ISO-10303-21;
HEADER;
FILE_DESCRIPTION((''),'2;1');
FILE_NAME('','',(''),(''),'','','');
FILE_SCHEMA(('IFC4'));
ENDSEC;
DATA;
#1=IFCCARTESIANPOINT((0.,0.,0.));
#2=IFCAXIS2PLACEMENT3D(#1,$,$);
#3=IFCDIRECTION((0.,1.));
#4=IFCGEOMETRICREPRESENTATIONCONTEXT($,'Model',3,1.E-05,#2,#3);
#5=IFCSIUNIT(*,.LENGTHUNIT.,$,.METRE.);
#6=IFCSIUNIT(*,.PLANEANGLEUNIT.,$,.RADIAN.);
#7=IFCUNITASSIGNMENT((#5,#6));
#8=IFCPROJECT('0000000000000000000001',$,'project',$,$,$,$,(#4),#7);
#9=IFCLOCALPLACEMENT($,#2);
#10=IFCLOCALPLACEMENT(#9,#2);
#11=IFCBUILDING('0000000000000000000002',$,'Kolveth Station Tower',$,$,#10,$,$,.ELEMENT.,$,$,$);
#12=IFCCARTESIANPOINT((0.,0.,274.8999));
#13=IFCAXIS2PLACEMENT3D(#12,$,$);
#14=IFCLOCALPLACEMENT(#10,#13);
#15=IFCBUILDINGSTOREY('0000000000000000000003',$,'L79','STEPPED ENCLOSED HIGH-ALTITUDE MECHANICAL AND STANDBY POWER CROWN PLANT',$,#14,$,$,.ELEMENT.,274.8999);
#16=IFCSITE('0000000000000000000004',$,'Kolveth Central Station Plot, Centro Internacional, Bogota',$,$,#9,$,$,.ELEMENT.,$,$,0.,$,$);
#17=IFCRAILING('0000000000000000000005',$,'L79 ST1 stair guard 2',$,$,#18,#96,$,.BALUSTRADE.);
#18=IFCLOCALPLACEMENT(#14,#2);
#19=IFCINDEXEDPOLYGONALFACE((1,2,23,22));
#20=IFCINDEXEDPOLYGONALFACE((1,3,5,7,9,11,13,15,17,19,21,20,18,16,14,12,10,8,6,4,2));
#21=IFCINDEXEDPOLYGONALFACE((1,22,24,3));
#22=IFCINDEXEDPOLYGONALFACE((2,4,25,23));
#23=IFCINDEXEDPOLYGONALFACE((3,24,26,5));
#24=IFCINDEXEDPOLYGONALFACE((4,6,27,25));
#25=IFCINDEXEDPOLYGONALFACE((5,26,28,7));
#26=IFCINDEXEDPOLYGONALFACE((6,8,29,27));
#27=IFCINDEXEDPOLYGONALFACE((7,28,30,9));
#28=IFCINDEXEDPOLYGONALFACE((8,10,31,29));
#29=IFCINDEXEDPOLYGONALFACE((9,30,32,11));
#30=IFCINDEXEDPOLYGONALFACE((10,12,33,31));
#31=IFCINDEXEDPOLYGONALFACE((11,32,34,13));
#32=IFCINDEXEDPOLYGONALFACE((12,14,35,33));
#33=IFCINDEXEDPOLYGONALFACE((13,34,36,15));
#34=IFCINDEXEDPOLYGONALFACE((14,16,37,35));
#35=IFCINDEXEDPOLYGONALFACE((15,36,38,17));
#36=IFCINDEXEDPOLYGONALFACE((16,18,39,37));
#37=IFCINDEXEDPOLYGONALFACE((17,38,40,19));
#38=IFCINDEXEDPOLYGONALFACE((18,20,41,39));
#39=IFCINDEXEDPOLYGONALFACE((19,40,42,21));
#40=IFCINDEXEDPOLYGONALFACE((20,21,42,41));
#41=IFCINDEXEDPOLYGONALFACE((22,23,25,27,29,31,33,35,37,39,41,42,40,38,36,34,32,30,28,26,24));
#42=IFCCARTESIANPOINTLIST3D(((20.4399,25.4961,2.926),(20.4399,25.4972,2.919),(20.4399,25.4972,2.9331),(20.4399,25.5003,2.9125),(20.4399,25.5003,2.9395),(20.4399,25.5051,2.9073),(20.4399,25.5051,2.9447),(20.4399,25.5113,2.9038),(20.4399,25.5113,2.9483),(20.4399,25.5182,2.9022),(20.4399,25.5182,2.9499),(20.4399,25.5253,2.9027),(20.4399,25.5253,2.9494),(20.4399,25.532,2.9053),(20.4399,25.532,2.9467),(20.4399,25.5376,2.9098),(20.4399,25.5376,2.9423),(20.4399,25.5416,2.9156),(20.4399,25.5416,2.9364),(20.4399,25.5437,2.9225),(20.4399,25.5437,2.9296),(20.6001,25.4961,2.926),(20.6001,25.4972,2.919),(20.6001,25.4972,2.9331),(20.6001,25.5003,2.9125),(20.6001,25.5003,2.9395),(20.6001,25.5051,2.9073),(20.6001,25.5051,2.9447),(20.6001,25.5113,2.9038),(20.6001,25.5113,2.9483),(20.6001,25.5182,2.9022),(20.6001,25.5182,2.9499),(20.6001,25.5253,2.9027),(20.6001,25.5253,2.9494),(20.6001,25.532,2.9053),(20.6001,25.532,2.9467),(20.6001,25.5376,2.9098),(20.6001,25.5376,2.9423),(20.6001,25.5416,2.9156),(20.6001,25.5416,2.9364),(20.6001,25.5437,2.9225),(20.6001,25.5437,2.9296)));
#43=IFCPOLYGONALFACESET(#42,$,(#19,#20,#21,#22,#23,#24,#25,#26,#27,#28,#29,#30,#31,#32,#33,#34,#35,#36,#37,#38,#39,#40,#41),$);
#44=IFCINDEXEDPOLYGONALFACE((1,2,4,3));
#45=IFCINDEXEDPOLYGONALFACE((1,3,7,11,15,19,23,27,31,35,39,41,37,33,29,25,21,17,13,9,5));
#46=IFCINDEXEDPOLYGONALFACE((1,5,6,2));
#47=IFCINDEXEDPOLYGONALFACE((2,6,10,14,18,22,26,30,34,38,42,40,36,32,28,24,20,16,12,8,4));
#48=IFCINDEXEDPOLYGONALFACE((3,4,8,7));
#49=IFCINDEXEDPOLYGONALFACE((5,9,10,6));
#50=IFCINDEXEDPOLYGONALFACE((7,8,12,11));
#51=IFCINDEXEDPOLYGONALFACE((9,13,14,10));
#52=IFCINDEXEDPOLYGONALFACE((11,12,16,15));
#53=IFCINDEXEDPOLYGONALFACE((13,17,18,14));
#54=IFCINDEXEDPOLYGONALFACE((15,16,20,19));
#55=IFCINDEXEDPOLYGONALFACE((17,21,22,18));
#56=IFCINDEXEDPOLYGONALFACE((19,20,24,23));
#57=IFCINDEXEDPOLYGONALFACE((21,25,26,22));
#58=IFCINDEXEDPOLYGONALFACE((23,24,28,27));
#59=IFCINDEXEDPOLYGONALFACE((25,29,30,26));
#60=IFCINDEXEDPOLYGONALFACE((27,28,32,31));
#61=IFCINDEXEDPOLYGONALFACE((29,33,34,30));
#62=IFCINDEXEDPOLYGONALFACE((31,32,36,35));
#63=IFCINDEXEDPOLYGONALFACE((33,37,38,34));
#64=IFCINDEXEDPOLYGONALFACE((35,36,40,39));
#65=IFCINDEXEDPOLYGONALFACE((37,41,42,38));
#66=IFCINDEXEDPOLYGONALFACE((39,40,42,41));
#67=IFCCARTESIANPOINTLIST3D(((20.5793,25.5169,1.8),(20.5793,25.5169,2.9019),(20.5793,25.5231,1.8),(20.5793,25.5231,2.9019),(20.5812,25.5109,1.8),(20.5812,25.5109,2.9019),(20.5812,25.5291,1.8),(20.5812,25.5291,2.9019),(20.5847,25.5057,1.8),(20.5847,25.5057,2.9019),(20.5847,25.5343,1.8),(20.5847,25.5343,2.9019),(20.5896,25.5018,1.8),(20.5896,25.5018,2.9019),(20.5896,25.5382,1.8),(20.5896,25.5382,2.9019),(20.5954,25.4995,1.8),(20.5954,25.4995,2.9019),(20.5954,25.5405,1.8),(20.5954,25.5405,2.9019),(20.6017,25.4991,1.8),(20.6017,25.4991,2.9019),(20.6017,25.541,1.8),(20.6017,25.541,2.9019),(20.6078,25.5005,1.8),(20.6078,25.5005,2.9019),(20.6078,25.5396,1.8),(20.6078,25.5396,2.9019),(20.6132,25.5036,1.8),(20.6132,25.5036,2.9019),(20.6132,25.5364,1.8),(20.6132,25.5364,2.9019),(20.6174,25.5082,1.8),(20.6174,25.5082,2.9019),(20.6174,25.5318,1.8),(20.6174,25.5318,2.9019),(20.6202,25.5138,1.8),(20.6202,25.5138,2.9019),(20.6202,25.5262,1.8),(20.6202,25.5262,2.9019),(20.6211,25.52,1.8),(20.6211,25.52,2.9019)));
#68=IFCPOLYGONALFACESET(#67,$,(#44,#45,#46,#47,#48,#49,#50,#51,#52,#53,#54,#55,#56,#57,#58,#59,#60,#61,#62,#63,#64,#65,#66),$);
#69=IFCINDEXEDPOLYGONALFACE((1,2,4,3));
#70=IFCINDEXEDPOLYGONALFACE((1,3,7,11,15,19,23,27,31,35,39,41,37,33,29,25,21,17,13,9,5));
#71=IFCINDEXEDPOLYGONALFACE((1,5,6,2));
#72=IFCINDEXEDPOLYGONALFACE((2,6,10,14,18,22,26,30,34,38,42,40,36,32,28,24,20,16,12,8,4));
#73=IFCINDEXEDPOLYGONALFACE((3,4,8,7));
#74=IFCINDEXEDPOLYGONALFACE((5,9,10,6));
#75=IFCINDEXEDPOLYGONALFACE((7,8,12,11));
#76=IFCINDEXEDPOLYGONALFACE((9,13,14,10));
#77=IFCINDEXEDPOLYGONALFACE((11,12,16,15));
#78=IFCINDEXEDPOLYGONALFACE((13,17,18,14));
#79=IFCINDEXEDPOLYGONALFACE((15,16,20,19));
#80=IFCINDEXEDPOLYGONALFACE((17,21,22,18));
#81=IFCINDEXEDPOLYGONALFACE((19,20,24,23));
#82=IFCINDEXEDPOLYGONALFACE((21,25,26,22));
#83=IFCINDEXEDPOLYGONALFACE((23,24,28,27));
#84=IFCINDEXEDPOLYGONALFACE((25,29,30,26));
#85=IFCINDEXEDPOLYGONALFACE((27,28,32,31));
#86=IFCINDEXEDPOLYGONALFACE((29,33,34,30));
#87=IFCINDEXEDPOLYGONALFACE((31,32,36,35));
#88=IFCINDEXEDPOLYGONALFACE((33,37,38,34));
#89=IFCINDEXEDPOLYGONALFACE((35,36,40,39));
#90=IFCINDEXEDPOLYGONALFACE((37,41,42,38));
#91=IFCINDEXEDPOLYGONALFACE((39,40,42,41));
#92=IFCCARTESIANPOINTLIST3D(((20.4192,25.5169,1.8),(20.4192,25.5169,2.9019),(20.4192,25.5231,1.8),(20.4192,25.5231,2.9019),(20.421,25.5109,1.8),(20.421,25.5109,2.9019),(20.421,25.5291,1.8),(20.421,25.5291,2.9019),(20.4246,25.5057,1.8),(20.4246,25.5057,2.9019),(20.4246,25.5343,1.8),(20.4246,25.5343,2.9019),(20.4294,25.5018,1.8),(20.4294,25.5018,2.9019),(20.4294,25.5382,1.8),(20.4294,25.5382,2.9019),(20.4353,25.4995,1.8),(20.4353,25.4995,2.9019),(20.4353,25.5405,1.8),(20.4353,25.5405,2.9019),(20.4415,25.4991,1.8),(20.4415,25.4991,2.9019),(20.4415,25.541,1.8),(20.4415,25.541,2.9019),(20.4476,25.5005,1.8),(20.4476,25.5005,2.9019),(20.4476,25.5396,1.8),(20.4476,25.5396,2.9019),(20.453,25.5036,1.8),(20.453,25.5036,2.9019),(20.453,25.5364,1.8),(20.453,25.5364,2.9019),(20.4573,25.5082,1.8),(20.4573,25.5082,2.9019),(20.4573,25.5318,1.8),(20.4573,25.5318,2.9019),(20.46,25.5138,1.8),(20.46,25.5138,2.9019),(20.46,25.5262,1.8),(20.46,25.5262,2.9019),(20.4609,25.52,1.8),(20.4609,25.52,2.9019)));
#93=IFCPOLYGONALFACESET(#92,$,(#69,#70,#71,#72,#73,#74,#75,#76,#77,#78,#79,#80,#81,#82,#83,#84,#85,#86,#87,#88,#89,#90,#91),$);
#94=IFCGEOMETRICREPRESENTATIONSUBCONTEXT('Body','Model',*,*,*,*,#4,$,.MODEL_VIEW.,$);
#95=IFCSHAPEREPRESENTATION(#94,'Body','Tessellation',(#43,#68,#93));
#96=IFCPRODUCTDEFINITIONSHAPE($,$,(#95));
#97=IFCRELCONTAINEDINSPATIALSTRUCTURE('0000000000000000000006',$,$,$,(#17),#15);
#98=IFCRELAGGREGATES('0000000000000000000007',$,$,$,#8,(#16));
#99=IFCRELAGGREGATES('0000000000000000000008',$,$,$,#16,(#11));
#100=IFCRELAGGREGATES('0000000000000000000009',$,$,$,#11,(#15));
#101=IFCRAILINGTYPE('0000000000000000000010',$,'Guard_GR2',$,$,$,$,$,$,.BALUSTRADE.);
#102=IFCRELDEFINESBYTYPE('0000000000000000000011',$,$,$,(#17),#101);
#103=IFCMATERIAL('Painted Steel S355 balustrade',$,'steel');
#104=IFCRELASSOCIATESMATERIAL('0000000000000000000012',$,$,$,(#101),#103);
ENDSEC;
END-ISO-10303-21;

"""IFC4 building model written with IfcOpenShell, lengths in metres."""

from ifc_helpers import new_model, si_unit, direction, frame, origin, origin_2d, place, context, subcontext, project, spatial, circle, extrude, material, type_object, element, save


model = new_model("IFC4")

# Units and contexts
model_context = context("Model", 3, precision=1e-05, world=origin(), true_north=direction((0.0, 1.0)))
body_context = subcontext(model_context, "Body", "Model", "MODEL_VIEW")
ifc_project = project(units=[si_unit("LENGTHUNIT", "METRE"), si_unit("PLANEANGLEUNIT", "RADIAN")], contexts=[model_context])

# Site, building, storey
site_placement = place(None, origin())
site = spatial("IfcSite", under=ifc_project, at=site_placement, Name="Kolveth Central Station Plot, Centro Internacional, Bogota", CompositionType="ELEMENT", RefElevation=0.0)
building_placement = place(site_placement, origin())
building = spatial("IfcBuilding", under=site, at=building_placement, Name="Kolveth Station Tower", CompositionType="ELEMENT")
storey_placement = place(building_placement, frame((0.0, 0.0, 274.8999)))
storey = spatial("IfcBuildingStorey", under=building, at=storey_placement, Name="L79", Description="STEPPED ENCLOSED HIGH-ALTITUDE MECHANICAL AND STANDBY POWER CROWN PLANT", CompositionType="ELEMENT", Elevation=274.8999)

# Railing
ifc_material_1 = material(Name="Painted Steel S355 balustrade", Category="steel")
railing_type_1 = type_object("IfcRailingType", Name="Guard_GR2", PredefinedType="BALUSTRADE", material=ifc_material_1)
railing_1_placement = place(storey_placement, frame((20.6001, 25.52, 1.8)))
element("IfcRailing", 1, at=railing_1_placement, inside=storey, type_object=railing_type_1, Name="L79 ST1 stair guard 2", PredefinedType="BALUSTRADE", context=body_context, shape_type="SweptSolid", body=[
    extrude(circle(Radius=0.0239, at=origin_2d()), frame((0.0, 0.0, 1.126), z_axis=(-1.0, 0.0, 0.0), x_axis=(0.0, -1.0, 0.0)), (0.0, 0.0, 1.0), 0.1602),
    extrude(circle(Radius=0.021, at=origin_2d()), origin(), (0.0, 0.0, 1.0), 1.1018),
    extrude(circle(Radius=0.021, at=origin_2d()), frame((-0.1602, 0.0, 0.0)), (0.0, 0.0, 1.0), 1.1018),
])

save(model, "model.ifc")
